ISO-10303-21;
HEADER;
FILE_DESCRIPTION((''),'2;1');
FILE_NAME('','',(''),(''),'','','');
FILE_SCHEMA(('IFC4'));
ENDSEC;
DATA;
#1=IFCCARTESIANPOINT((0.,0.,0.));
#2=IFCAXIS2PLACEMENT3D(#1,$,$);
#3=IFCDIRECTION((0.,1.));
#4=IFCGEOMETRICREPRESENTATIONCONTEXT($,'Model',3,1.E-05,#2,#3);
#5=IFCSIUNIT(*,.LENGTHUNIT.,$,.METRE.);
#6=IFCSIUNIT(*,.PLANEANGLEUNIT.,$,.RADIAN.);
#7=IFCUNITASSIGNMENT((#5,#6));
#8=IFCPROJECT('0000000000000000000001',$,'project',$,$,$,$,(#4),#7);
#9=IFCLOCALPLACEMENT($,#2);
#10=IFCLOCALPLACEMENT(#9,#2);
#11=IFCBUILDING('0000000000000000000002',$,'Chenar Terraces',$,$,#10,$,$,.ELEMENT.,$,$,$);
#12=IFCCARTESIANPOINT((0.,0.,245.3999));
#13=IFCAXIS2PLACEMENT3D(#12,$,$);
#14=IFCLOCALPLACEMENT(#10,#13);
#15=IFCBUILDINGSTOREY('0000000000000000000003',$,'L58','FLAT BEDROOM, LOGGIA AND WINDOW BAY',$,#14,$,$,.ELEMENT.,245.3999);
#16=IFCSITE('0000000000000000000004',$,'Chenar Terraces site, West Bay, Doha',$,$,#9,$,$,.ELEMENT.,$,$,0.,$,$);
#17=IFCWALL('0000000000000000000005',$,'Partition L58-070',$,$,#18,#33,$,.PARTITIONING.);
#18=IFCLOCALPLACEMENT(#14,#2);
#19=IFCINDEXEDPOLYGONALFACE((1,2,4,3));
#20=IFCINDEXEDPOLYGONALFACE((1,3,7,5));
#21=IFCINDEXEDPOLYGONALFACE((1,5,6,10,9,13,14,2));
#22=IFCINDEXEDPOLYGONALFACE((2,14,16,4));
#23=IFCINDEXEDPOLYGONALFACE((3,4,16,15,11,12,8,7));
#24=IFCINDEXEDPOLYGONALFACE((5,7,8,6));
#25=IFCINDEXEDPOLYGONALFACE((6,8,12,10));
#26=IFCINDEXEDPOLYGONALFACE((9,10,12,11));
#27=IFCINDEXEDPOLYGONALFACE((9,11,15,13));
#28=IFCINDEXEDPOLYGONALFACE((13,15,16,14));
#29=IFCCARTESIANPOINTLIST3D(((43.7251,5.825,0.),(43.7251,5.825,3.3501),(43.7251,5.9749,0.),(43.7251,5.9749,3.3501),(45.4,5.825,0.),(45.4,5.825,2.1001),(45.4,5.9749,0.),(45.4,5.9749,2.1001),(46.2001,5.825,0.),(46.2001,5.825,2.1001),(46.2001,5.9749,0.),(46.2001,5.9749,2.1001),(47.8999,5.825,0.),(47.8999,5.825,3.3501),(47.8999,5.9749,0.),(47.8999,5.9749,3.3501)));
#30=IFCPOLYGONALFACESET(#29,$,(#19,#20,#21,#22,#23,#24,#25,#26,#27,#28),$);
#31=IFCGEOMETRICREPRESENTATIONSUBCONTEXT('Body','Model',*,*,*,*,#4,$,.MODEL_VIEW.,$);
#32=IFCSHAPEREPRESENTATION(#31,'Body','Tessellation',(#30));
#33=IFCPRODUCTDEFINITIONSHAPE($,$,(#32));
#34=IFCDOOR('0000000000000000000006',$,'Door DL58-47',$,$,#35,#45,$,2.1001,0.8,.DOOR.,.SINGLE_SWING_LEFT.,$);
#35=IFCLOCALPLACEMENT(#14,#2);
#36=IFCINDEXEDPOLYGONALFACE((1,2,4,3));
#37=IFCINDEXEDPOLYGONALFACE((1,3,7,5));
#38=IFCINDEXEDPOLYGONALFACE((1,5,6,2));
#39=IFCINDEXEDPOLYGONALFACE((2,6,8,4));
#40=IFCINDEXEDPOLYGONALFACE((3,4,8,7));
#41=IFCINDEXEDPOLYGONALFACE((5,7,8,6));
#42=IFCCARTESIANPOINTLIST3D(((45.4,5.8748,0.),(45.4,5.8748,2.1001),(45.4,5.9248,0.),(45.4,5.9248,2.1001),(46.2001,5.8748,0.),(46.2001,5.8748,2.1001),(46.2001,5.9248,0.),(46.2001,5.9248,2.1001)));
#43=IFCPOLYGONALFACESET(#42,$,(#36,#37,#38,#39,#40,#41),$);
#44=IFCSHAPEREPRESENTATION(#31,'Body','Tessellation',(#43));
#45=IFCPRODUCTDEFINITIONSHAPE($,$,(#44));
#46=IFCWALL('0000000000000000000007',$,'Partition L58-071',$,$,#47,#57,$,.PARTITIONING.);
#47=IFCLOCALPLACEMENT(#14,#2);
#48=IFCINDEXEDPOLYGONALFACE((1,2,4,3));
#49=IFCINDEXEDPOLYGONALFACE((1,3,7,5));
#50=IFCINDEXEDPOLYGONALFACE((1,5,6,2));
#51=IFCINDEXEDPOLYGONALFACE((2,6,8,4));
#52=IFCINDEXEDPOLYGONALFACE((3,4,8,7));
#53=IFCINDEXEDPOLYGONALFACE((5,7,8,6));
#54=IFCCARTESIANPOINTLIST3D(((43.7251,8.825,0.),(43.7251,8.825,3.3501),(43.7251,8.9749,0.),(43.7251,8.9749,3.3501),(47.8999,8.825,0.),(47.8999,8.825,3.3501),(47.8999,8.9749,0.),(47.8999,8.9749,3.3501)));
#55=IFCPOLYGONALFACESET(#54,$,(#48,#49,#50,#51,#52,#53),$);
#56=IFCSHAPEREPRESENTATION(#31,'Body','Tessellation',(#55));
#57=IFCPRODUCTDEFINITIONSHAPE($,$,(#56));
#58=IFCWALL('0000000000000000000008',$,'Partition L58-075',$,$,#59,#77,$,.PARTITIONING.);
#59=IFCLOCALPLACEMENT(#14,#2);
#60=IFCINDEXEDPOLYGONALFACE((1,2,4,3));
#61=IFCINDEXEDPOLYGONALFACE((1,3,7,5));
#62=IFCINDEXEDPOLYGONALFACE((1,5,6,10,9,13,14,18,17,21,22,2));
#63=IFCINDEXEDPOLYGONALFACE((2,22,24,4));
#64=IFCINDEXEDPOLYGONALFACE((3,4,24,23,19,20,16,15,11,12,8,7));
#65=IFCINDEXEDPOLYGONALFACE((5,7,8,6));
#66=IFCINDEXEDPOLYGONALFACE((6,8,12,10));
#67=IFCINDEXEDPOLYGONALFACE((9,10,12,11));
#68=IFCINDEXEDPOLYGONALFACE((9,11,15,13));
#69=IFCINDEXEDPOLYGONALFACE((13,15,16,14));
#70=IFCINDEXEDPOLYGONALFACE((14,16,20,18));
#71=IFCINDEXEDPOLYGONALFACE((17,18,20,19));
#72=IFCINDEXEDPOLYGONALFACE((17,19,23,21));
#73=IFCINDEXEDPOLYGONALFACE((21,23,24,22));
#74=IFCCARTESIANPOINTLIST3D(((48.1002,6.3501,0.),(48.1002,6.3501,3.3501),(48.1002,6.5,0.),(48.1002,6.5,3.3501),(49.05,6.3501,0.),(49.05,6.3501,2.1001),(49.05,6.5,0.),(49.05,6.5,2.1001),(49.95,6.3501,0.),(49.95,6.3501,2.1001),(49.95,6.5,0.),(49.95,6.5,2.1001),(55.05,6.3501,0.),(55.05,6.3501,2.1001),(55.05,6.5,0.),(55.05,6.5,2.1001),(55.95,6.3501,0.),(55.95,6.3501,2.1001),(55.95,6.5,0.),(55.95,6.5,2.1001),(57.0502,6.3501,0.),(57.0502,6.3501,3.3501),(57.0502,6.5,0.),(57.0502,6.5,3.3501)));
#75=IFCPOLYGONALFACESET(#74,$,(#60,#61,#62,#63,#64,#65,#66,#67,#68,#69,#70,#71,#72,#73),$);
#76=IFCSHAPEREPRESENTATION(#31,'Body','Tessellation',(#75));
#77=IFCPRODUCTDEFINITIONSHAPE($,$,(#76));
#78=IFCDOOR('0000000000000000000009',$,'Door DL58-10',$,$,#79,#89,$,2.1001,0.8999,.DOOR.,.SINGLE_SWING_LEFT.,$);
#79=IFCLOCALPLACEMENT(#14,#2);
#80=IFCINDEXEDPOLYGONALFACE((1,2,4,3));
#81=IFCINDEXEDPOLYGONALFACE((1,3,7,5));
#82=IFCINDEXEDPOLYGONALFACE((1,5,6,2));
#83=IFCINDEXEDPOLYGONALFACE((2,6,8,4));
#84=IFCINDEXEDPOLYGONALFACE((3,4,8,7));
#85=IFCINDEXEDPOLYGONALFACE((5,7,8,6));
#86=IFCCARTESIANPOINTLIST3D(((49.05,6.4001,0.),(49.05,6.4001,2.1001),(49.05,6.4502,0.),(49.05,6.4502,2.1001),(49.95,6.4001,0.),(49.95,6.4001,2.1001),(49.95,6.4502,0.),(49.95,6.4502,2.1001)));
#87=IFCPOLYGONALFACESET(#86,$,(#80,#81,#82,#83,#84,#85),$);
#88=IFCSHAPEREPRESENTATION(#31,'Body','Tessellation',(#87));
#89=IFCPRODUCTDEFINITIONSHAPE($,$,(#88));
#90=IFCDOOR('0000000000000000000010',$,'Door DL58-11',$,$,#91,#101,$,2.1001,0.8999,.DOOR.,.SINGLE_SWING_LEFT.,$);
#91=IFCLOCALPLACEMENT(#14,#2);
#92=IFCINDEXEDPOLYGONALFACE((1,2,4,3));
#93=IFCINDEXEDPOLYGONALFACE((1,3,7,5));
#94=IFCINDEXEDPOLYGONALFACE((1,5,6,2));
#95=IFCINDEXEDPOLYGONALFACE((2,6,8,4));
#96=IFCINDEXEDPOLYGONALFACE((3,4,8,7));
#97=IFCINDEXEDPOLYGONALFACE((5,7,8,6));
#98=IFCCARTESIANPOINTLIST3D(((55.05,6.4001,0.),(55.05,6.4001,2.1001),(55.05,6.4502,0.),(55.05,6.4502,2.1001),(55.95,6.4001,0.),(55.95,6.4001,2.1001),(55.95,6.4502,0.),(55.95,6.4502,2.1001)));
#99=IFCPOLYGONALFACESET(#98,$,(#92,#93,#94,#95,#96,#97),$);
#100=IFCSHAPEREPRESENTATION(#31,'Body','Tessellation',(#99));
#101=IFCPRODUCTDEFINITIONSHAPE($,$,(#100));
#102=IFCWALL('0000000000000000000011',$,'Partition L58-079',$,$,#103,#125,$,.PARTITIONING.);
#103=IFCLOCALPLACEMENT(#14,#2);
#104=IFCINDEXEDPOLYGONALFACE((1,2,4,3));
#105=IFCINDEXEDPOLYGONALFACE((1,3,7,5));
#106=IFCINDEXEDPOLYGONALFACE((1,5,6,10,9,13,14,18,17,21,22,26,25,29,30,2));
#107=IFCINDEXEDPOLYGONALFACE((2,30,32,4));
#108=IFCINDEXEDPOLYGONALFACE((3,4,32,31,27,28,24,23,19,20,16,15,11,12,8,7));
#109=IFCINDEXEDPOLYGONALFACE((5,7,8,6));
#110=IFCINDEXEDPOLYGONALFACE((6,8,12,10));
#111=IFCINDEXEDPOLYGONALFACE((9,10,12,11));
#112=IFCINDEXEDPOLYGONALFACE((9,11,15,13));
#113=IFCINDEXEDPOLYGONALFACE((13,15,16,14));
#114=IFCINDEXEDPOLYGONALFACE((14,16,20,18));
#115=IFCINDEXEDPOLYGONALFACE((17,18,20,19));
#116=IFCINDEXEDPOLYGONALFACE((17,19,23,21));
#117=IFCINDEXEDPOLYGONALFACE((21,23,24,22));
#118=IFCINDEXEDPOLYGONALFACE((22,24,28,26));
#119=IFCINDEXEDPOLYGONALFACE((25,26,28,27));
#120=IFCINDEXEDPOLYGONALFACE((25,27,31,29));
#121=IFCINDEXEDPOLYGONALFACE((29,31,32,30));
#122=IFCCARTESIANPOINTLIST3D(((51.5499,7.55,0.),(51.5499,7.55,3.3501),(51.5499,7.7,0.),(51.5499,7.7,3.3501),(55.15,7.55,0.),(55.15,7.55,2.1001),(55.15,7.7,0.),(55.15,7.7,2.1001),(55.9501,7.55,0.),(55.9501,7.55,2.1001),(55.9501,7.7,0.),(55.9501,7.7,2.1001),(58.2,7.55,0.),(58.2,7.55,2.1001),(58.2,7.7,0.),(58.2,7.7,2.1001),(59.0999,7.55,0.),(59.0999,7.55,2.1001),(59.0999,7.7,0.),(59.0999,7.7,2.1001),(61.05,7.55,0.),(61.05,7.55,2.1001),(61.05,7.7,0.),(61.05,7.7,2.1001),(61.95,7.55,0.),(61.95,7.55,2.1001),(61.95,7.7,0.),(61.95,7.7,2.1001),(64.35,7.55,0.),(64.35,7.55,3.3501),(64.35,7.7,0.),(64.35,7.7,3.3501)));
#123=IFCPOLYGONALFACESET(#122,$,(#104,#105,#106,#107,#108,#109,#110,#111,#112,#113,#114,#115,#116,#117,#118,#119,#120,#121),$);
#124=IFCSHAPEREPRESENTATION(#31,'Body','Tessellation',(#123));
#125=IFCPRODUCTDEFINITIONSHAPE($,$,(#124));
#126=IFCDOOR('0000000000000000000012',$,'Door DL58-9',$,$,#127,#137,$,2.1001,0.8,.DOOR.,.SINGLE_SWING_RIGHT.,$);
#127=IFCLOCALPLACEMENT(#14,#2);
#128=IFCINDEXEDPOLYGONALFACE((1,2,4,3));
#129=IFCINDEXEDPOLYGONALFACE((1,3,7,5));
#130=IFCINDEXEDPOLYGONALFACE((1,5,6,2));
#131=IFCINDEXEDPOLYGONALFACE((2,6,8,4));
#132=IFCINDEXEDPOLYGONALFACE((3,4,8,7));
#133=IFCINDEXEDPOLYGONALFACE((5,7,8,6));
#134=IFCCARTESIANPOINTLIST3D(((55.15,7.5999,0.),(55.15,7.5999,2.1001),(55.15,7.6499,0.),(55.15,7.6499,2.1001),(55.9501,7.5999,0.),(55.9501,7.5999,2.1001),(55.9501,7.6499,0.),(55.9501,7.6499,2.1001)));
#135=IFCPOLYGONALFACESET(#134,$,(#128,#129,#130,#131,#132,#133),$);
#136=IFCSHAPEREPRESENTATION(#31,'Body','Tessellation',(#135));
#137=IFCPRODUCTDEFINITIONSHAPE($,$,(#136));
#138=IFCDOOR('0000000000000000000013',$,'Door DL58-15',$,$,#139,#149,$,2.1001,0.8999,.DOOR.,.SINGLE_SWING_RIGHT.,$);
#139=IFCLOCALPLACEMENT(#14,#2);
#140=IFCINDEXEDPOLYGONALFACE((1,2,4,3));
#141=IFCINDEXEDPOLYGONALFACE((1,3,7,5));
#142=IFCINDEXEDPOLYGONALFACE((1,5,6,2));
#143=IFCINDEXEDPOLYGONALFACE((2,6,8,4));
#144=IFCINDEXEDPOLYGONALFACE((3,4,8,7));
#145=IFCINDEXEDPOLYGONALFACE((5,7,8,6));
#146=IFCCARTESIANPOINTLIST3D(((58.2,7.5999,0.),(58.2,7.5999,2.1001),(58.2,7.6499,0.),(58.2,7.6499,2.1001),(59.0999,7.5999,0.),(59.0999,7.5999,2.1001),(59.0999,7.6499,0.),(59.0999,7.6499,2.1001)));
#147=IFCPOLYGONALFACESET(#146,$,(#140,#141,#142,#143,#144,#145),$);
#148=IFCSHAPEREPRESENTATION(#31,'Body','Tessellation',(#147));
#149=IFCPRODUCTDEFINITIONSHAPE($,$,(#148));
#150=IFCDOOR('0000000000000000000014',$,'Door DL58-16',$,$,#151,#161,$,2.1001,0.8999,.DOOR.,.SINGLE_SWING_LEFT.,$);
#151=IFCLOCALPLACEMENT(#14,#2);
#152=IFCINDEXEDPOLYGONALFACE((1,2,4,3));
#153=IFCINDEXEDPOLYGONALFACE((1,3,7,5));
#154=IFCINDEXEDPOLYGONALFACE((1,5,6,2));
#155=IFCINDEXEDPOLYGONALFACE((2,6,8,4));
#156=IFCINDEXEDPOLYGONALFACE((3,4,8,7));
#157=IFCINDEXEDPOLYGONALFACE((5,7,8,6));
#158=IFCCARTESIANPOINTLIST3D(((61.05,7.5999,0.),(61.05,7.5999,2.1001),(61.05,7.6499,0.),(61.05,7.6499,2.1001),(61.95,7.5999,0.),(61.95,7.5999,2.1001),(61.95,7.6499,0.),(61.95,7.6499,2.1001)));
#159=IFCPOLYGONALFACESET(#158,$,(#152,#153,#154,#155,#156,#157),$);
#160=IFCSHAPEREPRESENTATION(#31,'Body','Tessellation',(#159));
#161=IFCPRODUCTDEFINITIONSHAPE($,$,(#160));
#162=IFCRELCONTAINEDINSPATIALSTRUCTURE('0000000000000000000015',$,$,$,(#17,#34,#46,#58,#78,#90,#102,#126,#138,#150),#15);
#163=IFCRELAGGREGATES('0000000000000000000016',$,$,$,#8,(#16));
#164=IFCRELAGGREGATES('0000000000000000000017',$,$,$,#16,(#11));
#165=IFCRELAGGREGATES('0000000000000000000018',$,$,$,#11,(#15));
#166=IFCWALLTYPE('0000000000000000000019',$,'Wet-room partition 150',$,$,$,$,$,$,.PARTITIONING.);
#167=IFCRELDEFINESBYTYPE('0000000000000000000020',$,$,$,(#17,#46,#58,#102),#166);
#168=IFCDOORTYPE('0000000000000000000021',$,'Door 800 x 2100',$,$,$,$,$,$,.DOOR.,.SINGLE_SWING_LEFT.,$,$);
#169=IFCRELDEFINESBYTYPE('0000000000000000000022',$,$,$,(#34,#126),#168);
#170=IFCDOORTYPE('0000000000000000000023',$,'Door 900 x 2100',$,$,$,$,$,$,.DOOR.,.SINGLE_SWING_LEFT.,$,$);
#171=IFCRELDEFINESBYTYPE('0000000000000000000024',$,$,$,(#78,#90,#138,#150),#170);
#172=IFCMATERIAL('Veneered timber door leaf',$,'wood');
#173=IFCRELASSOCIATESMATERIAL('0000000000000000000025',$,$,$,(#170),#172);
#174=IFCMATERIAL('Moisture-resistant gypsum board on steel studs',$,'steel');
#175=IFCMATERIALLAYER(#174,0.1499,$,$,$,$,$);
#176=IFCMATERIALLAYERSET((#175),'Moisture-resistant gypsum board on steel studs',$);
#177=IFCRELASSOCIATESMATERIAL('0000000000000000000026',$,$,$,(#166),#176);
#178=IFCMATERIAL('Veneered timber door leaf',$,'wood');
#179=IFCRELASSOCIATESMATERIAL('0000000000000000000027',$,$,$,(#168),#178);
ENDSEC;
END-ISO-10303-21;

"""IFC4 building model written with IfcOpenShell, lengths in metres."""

from ifc_helpers import new_model, si_unit, direction, frame, frame_2d, origin, place, context, subcontext, project, spatial, rectangle, extrude, material, layer, layer_set, type_object, element, fill, save


model = new_model("IFC4")

# Units and contexts
model_context = context("Model", 3, precision=1e-05, world=origin(), true_north=direction((0.0, 1.0)))
body_context = subcontext(model_context, "Body", "Model", "MODEL_VIEW")
ifc_project = project(units=[si_unit("LENGTHUNIT", "METRE"), si_unit("PLANEANGLEUNIT", "RADIAN")], contexts=[model_context])

# Site, building, storey
site_placement = place(None, origin())
site = spatial("IfcSite", under=ifc_project, at=site_placement, Name="Chenar Terraces site, West Bay, Doha", CompositionType="ELEMENT", RefElevation=0.0)
building_placement = place(site_placement, origin())
building = spatial("IfcBuilding", under=site, at=building_placement, Name="Chenar Terraces", CompositionType="ELEMENT")
storey_placement = place(building_placement, frame((0.0, 0.0, 245.3999)))
storey = spatial("IfcBuildingStorey", under=building, at=storey_placement, Name="L58", Description="FLAT BEDROOM, LOGGIA AND WINDOW BAY", CompositionType="ELEMENT", Elevation=245.3999)

# Wall, opening, door
ifc_material_1 = material(Name="Veneered timber door leaf", Category="wood")
door_type_1 = type_object("IfcDoorType", Name="Door 900 x 2100", OperationType="SINGLE_SWING_LEFT", PredefinedType="DOOR", material=ifc_material_1)
ifc_material_2 = material(Name="Moisture-resistant gypsum board on steel studs", Category="steel")
ifc_layer_1 = layer(ifc_material_2, 0.1499)
ifc_layer_set_1 = layer_set([ifc_layer_1], Name="Moisture-resistant gypsum board on steel studs")
wall_type_1 = type_object("IfcWallType", Name="Wet-room partition 150", PredefinedType="PARTITIONING", material=ifc_layer_set_1)
wall_1_placement = place(storey_placement, frame((43.7251, 5.8999, 0.0), z_axis=(0.0, 0.0, 1.0), x_axis=(1.0, 0.0, 0.0)))
wall_1 = element("IfcWall", 1, at=wall_1_placement, inside=storey, type_object=wall_type_1, Name="Partition L58-070", PredefinedType="PARTITIONING", context=body_context, shape_type="SweptSolid", body=[
    extrude(rectangle(XDim=4.1748, YDim=0.1499, at=frame_2d((2.0874, 0.0))), origin(), (0.0, 0.0, 1.0), 3.3501),
])
opening_1_placement = place(wall_1_placement, frame((1.675, 0.0, 0.0)))
opening_1 = element("IfcOpeningElement", 2, at=opening_1_placement, cuts=wall_1, PredefinedType="OPENING", context=body_context, shape_type="SweptSolid", body=[
    extrude(rectangle(XDim=0.8, YDim=2.1001, at=frame_2d((0.3999, 1.05))), frame((0.0, 0.085, 0.0), z_axis=(0.0, -1.0, 0.0), x_axis=(1.0, 0.0, 0.0)), (0.0, 0.0, 1.0), 0.1699),
])
ifc_material_3 = material(Name="Veneered timber door leaf", Category="wood")
door_type_2 = type_object("IfcDoorType", Name="Door 800 x 2100", OperationType="SINGLE_SWING_LEFT", PredefinedType="DOOR", material=ifc_material_3)
door_1_placement = place(opening_1_placement, origin())
door_1 = element("IfcDoor", 3, at=door_1_placement, inside=storey, type_object=door_type_2, Name="Door DL58-47", OperationType="SINGLE_SWING_LEFT", OverallHeight=2.1001, OverallWidth=0.8, PredefinedType="DOOR", context=body_context, shape_type="SweptSolid", body=[
    extrude(rectangle(XDim=0.8, YDim=2.1001, at=frame_2d((0.3999, 1.05))), frame((0.0, 0.0249, 0.0), z_axis=(0.0, -1.0, 0.0), x_axis=(1.0, 0.0, 0.0)), (0.0, 0.0, 1.0), 0.05),
])
fill(opening_1, door_1)

# Wall
wall_2_placement = place(storey_placement, frame((43.7251, 8.8999, 0.0), z_axis=(0.0, 0.0, 1.0), x_axis=(1.0, 0.0, 0.0)))
element("IfcWall", 4, at=wall_2_placement, inside=storey, type_object=wall_type_1, Name="Partition L58-071", PredefinedType="PARTITIONING", context=body_context, shape_type="SweptSolid", body=[
    extrude(rectangle(XDim=4.1748, YDim=0.1499, at=frame_2d((2.0874, 0.0))), origin(), (0.0, 0.0, 1.0), 3.3501),
])

# Walls, openings, doors
wall_3_placement = place(storey_placement, frame((48.1001, 6.425, 0.0), z_axis=(0.0, 0.0, 1.0), x_axis=(1.0, 0.0, 0.0)))
wall_3 = element("IfcWall", 5, at=wall_3_placement, inside=storey, type_object=wall_type_1, Name="Partition L58-075", PredefinedType="PARTITIONING", context=body_context, shape_type="SweptSolid", body=[
    extrude(rectangle(XDim=8.95, YDim=0.1499, at=frame_2d((4.4751, 0.0))), origin(), (0.0, 0.0, 1.0), 3.3501),
])
opening_2_placement = place(wall_3_placement, frame((0.95, 0.0, 0.0)))
opening_2 = element("IfcOpeningElement", 6, at=opening_2_placement, cuts=wall_3, PredefinedType="OPENING", context=body_context, shape_type="SweptSolid", body=[
    extrude(rectangle(XDim=0.8999, YDim=2.1001, at=frame_2d((0.45, 1.05))), frame((0.0, 0.085, 0.0), z_axis=(0.0, -1.0, 0.0), x_axis=(1.0, 0.0, 0.0)), (0.0, 0.0, 1.0), 0.1699),
])
opening_3_placement = place(wall_3_placement, frame((6.95, 0.0, 0.0)))
opening_3 = element("IfcOpeningElement", 7, at=opening_3_placement, cuts=wall_3, PredefinedType="OPENING", context=body_context, shape_type="SweptSolid", body=[
    extrude(rectangle(XDim=0.8999, YDim=2.1001, at=frame_2d((0.45, 1.05))), frame((0.0, 0.085, 0.0), z_axis=(0.0, -1.0, 0.0), x_axis=(1.0, 0.0, 0.0)), (0.0, 0.0, 1.0), 0.1699),
])
door_2_placement = place(opening_2_placement, frame((0.8999, 0.0, 0.0), z_axis=(0.0, 0.0, 1.0), x_axis=(-1.0, 0.0, 0.0)))
door_2 = element("IfcDoor", 8, at=door_2_placement, inside=storey, type_object=door_type_1, Name="Door DL58-10", OperationType="SINGLE_SWING_LEFT", OverallHeight=2.1001, OverallWidth=0.8999, PredefinedType="DOOR", context=body_context, shape_type="SweptSolid", body=[
    extrude(rectangle(XDim=0.8999, YDim=2.1001, at=frame_2d((0.45, 1.05))), frame((0.0, 0.0249, 0.0), z_axis=(0.0, -1.0, 0.0), x_axis=(1.0, 0.0, 0.0)), (0.0, 0.0, 1.0), 0.05),
])
fill(opening_2, door_2)
door_3_placement = place(opening_3_placement, frame((0.8999, 0.0, 0.0), z_axis=(0.0, 0.0, 1.0), x_axis=(-1.0, 0.0, 0.0)))
door_3 = element("IfcDoor", 9, at=door_3_placement, inside=storey, type_object=door_type_1, Name="Door DL58-11", OperationType="SINGLE_SWING_LEFT", OverallHeight=2.1001, OverallWidth=0.8999, PredefinedType="DOOR", context=body_context, shape_type="SweptSolid", body=[
    extrude(rectangle(XDim=0.8999, YDim=2.1001, at=frame_2d((0.45, 1.05))), frame((0.0, 0.0249, 0.0), z_axis=(0.0, -1.0, 0.0), x_axis=(1.0, 0.0, 0.0)), (0.0, 0.0, 1.0), 0.05),
])
fill(opening_3, door_3)
wall_4_placement = place(storey_placement, frame((51.55, 7.625, 0.0), z_axis=(0.0, 0.0, 1.0), x_axis=(1.0, 0.0, 0.0)))
wall_4 = element("IfcWall", 10, at=wall_4_placement, inside=storey, type_object=wall_type_1, Name="Partition L58-079", PredefinedType="PARTITIONING", context=body_context, shape_type="SweptSolid", body=[
    extrude(rectangle(XDim=12.8, YDim=0.1499, at=frame_2d((6.3999, 0.0))), origin(), (0.0, 0.0, 1.0), 3.3501),
])
opening_4_placement = place(wall_4_placement, frame((3.6001, 0.0, 0.0)))
opening_4 = element("IfcOpeningElement", 11, at=opening_4_placement, cuts=wall_4, PredefinedType="OPENING", context=body_context, shape_type="SweptSolid", body=[
    extrude(rectangle(XDim=0.8, YDim=2.1001, at=frame_2d((0.3999, 1.05))), frame((0.0, 0.085, 0.0), z_axis=(0.0, -1.0, 0.0), x_axis=(1.0, 0.0, 0.0)), (0.0, 0.0, 1.0), 0.1699),
])
opening_5_placement = place(wall_4_placement, frame((6.6499, 0.0, 0.0)))
opening_5 = element("IfcOpeningElement", 12, at=opening_5_placement, cuts=wall_4, PredefinedType="OPENING", context=body_context, shape_type="SweptSolid", body=[
    extrude(rectangle(XDim=0.8999, YDim=2.1001, at=frame_2d((0.45, 1.05))), frame((0.0, 0.085, 0.0), z_axis=(0.0, -1.0, 0.0), x_axis=(1.0, 0.0, 0.0)), (0.0, 0.0, 1.0), 0.1699),
])
opening_6_placement = place(wall_4_placement, frame((9.5, 0.0, 0.0)))
opening_6 = element("IfcOpeningElement", 13, at=opening_6_placement, cuts=wall_4, PredefinedType="OPENING", context=body_context, shape_type="SweptSolid", body=[
    extrude(rectangle(XDim=0.8999, YDim=2.1001, at=frame_2d((0.45, 1.05))), frame((0.0, 0.085, 0.0), z_axis=(0.0, -1.0, 0.0), x_axis=(1.0, 0.0, 0.0)), (0.0, 0.0, 1.0), 0.1699),
])
door_4_placement = place(opening_4_placement, origin())
door_4 = element("IfcDoor", 14, at=door_4_placement, inside=storey, type_object=door_type_2, Name="Door DL58-9", OperationType="SINGLE_SWING_RIGHT", OverallHeight=2.1001, OverallWidth=0.8, PredefinedType="DOOR", context=body_context, shape_type="SweptSolid", body=[
    extrude(rectangle(XDim=0.8, YDim=2.1001, at=frame_2d((0.3999, 1.05))), frame((0.0, 0.0249, 0.0), z_axis=(0.0, -1.0, 0.0), x_axis=(1.0, 0.0, 0.0)), (0.0, 0.0, 1.0), 0.05),
])
fill(opening_4, door_4)
door_5_placement = place(opening_5_placement, origin())
door_5 = element("IfcDoor", 15, at=door_5_placement, inside=storey, type_object=door_type_1, Name="Door DL58-15", OperationType="SINGLE_SWING_RIGHT", OverallHeight=2.1001, OverallWidth=0.8999, PredefinedType="DOOR", context=body_context, shape_type="SweptSolid", body=[
    extrude(rectangle(XDim=0.8999, YDim=2.1001, at=frame_2d((0.45, 1.05))), frame((0.0, 0.0249, 0.0), z_axis=(0.0, -1.0, 0.0), x_axis=(1.0, 0.0, 0.0)), (0.0, 0.0, 1.0), 0.05),
])
fill(opening_5, door_5)
door_6_placement = place(opening_6_placement, origin())
door_6 = element("IfcDoor", 16, at=door_6_placement, inside=storey, type_object=door_type_1, Name="Door DL58-16", OperationType="SINGLE_SWING_LEFT", OverallHeight=2.1001, OverallWidth=0.8999, PredefinedType="DOOR", context=body_context, shape_type="SweptSolid", body=[
    extrude(rectangle(XDim=0.8999, YDim=2.1001, at=frame_2d((0.45, 1.05))), frame((0.0, 0.0249, 0.0), z_axis=(0.0, -1.0, 0.0), x_axis=(1.0, 0.0, 0.0)), (0.0, 0.0, 1.0), 0.05),
])
fill(opening_6, door_6)

save(model, "model.ifc")
